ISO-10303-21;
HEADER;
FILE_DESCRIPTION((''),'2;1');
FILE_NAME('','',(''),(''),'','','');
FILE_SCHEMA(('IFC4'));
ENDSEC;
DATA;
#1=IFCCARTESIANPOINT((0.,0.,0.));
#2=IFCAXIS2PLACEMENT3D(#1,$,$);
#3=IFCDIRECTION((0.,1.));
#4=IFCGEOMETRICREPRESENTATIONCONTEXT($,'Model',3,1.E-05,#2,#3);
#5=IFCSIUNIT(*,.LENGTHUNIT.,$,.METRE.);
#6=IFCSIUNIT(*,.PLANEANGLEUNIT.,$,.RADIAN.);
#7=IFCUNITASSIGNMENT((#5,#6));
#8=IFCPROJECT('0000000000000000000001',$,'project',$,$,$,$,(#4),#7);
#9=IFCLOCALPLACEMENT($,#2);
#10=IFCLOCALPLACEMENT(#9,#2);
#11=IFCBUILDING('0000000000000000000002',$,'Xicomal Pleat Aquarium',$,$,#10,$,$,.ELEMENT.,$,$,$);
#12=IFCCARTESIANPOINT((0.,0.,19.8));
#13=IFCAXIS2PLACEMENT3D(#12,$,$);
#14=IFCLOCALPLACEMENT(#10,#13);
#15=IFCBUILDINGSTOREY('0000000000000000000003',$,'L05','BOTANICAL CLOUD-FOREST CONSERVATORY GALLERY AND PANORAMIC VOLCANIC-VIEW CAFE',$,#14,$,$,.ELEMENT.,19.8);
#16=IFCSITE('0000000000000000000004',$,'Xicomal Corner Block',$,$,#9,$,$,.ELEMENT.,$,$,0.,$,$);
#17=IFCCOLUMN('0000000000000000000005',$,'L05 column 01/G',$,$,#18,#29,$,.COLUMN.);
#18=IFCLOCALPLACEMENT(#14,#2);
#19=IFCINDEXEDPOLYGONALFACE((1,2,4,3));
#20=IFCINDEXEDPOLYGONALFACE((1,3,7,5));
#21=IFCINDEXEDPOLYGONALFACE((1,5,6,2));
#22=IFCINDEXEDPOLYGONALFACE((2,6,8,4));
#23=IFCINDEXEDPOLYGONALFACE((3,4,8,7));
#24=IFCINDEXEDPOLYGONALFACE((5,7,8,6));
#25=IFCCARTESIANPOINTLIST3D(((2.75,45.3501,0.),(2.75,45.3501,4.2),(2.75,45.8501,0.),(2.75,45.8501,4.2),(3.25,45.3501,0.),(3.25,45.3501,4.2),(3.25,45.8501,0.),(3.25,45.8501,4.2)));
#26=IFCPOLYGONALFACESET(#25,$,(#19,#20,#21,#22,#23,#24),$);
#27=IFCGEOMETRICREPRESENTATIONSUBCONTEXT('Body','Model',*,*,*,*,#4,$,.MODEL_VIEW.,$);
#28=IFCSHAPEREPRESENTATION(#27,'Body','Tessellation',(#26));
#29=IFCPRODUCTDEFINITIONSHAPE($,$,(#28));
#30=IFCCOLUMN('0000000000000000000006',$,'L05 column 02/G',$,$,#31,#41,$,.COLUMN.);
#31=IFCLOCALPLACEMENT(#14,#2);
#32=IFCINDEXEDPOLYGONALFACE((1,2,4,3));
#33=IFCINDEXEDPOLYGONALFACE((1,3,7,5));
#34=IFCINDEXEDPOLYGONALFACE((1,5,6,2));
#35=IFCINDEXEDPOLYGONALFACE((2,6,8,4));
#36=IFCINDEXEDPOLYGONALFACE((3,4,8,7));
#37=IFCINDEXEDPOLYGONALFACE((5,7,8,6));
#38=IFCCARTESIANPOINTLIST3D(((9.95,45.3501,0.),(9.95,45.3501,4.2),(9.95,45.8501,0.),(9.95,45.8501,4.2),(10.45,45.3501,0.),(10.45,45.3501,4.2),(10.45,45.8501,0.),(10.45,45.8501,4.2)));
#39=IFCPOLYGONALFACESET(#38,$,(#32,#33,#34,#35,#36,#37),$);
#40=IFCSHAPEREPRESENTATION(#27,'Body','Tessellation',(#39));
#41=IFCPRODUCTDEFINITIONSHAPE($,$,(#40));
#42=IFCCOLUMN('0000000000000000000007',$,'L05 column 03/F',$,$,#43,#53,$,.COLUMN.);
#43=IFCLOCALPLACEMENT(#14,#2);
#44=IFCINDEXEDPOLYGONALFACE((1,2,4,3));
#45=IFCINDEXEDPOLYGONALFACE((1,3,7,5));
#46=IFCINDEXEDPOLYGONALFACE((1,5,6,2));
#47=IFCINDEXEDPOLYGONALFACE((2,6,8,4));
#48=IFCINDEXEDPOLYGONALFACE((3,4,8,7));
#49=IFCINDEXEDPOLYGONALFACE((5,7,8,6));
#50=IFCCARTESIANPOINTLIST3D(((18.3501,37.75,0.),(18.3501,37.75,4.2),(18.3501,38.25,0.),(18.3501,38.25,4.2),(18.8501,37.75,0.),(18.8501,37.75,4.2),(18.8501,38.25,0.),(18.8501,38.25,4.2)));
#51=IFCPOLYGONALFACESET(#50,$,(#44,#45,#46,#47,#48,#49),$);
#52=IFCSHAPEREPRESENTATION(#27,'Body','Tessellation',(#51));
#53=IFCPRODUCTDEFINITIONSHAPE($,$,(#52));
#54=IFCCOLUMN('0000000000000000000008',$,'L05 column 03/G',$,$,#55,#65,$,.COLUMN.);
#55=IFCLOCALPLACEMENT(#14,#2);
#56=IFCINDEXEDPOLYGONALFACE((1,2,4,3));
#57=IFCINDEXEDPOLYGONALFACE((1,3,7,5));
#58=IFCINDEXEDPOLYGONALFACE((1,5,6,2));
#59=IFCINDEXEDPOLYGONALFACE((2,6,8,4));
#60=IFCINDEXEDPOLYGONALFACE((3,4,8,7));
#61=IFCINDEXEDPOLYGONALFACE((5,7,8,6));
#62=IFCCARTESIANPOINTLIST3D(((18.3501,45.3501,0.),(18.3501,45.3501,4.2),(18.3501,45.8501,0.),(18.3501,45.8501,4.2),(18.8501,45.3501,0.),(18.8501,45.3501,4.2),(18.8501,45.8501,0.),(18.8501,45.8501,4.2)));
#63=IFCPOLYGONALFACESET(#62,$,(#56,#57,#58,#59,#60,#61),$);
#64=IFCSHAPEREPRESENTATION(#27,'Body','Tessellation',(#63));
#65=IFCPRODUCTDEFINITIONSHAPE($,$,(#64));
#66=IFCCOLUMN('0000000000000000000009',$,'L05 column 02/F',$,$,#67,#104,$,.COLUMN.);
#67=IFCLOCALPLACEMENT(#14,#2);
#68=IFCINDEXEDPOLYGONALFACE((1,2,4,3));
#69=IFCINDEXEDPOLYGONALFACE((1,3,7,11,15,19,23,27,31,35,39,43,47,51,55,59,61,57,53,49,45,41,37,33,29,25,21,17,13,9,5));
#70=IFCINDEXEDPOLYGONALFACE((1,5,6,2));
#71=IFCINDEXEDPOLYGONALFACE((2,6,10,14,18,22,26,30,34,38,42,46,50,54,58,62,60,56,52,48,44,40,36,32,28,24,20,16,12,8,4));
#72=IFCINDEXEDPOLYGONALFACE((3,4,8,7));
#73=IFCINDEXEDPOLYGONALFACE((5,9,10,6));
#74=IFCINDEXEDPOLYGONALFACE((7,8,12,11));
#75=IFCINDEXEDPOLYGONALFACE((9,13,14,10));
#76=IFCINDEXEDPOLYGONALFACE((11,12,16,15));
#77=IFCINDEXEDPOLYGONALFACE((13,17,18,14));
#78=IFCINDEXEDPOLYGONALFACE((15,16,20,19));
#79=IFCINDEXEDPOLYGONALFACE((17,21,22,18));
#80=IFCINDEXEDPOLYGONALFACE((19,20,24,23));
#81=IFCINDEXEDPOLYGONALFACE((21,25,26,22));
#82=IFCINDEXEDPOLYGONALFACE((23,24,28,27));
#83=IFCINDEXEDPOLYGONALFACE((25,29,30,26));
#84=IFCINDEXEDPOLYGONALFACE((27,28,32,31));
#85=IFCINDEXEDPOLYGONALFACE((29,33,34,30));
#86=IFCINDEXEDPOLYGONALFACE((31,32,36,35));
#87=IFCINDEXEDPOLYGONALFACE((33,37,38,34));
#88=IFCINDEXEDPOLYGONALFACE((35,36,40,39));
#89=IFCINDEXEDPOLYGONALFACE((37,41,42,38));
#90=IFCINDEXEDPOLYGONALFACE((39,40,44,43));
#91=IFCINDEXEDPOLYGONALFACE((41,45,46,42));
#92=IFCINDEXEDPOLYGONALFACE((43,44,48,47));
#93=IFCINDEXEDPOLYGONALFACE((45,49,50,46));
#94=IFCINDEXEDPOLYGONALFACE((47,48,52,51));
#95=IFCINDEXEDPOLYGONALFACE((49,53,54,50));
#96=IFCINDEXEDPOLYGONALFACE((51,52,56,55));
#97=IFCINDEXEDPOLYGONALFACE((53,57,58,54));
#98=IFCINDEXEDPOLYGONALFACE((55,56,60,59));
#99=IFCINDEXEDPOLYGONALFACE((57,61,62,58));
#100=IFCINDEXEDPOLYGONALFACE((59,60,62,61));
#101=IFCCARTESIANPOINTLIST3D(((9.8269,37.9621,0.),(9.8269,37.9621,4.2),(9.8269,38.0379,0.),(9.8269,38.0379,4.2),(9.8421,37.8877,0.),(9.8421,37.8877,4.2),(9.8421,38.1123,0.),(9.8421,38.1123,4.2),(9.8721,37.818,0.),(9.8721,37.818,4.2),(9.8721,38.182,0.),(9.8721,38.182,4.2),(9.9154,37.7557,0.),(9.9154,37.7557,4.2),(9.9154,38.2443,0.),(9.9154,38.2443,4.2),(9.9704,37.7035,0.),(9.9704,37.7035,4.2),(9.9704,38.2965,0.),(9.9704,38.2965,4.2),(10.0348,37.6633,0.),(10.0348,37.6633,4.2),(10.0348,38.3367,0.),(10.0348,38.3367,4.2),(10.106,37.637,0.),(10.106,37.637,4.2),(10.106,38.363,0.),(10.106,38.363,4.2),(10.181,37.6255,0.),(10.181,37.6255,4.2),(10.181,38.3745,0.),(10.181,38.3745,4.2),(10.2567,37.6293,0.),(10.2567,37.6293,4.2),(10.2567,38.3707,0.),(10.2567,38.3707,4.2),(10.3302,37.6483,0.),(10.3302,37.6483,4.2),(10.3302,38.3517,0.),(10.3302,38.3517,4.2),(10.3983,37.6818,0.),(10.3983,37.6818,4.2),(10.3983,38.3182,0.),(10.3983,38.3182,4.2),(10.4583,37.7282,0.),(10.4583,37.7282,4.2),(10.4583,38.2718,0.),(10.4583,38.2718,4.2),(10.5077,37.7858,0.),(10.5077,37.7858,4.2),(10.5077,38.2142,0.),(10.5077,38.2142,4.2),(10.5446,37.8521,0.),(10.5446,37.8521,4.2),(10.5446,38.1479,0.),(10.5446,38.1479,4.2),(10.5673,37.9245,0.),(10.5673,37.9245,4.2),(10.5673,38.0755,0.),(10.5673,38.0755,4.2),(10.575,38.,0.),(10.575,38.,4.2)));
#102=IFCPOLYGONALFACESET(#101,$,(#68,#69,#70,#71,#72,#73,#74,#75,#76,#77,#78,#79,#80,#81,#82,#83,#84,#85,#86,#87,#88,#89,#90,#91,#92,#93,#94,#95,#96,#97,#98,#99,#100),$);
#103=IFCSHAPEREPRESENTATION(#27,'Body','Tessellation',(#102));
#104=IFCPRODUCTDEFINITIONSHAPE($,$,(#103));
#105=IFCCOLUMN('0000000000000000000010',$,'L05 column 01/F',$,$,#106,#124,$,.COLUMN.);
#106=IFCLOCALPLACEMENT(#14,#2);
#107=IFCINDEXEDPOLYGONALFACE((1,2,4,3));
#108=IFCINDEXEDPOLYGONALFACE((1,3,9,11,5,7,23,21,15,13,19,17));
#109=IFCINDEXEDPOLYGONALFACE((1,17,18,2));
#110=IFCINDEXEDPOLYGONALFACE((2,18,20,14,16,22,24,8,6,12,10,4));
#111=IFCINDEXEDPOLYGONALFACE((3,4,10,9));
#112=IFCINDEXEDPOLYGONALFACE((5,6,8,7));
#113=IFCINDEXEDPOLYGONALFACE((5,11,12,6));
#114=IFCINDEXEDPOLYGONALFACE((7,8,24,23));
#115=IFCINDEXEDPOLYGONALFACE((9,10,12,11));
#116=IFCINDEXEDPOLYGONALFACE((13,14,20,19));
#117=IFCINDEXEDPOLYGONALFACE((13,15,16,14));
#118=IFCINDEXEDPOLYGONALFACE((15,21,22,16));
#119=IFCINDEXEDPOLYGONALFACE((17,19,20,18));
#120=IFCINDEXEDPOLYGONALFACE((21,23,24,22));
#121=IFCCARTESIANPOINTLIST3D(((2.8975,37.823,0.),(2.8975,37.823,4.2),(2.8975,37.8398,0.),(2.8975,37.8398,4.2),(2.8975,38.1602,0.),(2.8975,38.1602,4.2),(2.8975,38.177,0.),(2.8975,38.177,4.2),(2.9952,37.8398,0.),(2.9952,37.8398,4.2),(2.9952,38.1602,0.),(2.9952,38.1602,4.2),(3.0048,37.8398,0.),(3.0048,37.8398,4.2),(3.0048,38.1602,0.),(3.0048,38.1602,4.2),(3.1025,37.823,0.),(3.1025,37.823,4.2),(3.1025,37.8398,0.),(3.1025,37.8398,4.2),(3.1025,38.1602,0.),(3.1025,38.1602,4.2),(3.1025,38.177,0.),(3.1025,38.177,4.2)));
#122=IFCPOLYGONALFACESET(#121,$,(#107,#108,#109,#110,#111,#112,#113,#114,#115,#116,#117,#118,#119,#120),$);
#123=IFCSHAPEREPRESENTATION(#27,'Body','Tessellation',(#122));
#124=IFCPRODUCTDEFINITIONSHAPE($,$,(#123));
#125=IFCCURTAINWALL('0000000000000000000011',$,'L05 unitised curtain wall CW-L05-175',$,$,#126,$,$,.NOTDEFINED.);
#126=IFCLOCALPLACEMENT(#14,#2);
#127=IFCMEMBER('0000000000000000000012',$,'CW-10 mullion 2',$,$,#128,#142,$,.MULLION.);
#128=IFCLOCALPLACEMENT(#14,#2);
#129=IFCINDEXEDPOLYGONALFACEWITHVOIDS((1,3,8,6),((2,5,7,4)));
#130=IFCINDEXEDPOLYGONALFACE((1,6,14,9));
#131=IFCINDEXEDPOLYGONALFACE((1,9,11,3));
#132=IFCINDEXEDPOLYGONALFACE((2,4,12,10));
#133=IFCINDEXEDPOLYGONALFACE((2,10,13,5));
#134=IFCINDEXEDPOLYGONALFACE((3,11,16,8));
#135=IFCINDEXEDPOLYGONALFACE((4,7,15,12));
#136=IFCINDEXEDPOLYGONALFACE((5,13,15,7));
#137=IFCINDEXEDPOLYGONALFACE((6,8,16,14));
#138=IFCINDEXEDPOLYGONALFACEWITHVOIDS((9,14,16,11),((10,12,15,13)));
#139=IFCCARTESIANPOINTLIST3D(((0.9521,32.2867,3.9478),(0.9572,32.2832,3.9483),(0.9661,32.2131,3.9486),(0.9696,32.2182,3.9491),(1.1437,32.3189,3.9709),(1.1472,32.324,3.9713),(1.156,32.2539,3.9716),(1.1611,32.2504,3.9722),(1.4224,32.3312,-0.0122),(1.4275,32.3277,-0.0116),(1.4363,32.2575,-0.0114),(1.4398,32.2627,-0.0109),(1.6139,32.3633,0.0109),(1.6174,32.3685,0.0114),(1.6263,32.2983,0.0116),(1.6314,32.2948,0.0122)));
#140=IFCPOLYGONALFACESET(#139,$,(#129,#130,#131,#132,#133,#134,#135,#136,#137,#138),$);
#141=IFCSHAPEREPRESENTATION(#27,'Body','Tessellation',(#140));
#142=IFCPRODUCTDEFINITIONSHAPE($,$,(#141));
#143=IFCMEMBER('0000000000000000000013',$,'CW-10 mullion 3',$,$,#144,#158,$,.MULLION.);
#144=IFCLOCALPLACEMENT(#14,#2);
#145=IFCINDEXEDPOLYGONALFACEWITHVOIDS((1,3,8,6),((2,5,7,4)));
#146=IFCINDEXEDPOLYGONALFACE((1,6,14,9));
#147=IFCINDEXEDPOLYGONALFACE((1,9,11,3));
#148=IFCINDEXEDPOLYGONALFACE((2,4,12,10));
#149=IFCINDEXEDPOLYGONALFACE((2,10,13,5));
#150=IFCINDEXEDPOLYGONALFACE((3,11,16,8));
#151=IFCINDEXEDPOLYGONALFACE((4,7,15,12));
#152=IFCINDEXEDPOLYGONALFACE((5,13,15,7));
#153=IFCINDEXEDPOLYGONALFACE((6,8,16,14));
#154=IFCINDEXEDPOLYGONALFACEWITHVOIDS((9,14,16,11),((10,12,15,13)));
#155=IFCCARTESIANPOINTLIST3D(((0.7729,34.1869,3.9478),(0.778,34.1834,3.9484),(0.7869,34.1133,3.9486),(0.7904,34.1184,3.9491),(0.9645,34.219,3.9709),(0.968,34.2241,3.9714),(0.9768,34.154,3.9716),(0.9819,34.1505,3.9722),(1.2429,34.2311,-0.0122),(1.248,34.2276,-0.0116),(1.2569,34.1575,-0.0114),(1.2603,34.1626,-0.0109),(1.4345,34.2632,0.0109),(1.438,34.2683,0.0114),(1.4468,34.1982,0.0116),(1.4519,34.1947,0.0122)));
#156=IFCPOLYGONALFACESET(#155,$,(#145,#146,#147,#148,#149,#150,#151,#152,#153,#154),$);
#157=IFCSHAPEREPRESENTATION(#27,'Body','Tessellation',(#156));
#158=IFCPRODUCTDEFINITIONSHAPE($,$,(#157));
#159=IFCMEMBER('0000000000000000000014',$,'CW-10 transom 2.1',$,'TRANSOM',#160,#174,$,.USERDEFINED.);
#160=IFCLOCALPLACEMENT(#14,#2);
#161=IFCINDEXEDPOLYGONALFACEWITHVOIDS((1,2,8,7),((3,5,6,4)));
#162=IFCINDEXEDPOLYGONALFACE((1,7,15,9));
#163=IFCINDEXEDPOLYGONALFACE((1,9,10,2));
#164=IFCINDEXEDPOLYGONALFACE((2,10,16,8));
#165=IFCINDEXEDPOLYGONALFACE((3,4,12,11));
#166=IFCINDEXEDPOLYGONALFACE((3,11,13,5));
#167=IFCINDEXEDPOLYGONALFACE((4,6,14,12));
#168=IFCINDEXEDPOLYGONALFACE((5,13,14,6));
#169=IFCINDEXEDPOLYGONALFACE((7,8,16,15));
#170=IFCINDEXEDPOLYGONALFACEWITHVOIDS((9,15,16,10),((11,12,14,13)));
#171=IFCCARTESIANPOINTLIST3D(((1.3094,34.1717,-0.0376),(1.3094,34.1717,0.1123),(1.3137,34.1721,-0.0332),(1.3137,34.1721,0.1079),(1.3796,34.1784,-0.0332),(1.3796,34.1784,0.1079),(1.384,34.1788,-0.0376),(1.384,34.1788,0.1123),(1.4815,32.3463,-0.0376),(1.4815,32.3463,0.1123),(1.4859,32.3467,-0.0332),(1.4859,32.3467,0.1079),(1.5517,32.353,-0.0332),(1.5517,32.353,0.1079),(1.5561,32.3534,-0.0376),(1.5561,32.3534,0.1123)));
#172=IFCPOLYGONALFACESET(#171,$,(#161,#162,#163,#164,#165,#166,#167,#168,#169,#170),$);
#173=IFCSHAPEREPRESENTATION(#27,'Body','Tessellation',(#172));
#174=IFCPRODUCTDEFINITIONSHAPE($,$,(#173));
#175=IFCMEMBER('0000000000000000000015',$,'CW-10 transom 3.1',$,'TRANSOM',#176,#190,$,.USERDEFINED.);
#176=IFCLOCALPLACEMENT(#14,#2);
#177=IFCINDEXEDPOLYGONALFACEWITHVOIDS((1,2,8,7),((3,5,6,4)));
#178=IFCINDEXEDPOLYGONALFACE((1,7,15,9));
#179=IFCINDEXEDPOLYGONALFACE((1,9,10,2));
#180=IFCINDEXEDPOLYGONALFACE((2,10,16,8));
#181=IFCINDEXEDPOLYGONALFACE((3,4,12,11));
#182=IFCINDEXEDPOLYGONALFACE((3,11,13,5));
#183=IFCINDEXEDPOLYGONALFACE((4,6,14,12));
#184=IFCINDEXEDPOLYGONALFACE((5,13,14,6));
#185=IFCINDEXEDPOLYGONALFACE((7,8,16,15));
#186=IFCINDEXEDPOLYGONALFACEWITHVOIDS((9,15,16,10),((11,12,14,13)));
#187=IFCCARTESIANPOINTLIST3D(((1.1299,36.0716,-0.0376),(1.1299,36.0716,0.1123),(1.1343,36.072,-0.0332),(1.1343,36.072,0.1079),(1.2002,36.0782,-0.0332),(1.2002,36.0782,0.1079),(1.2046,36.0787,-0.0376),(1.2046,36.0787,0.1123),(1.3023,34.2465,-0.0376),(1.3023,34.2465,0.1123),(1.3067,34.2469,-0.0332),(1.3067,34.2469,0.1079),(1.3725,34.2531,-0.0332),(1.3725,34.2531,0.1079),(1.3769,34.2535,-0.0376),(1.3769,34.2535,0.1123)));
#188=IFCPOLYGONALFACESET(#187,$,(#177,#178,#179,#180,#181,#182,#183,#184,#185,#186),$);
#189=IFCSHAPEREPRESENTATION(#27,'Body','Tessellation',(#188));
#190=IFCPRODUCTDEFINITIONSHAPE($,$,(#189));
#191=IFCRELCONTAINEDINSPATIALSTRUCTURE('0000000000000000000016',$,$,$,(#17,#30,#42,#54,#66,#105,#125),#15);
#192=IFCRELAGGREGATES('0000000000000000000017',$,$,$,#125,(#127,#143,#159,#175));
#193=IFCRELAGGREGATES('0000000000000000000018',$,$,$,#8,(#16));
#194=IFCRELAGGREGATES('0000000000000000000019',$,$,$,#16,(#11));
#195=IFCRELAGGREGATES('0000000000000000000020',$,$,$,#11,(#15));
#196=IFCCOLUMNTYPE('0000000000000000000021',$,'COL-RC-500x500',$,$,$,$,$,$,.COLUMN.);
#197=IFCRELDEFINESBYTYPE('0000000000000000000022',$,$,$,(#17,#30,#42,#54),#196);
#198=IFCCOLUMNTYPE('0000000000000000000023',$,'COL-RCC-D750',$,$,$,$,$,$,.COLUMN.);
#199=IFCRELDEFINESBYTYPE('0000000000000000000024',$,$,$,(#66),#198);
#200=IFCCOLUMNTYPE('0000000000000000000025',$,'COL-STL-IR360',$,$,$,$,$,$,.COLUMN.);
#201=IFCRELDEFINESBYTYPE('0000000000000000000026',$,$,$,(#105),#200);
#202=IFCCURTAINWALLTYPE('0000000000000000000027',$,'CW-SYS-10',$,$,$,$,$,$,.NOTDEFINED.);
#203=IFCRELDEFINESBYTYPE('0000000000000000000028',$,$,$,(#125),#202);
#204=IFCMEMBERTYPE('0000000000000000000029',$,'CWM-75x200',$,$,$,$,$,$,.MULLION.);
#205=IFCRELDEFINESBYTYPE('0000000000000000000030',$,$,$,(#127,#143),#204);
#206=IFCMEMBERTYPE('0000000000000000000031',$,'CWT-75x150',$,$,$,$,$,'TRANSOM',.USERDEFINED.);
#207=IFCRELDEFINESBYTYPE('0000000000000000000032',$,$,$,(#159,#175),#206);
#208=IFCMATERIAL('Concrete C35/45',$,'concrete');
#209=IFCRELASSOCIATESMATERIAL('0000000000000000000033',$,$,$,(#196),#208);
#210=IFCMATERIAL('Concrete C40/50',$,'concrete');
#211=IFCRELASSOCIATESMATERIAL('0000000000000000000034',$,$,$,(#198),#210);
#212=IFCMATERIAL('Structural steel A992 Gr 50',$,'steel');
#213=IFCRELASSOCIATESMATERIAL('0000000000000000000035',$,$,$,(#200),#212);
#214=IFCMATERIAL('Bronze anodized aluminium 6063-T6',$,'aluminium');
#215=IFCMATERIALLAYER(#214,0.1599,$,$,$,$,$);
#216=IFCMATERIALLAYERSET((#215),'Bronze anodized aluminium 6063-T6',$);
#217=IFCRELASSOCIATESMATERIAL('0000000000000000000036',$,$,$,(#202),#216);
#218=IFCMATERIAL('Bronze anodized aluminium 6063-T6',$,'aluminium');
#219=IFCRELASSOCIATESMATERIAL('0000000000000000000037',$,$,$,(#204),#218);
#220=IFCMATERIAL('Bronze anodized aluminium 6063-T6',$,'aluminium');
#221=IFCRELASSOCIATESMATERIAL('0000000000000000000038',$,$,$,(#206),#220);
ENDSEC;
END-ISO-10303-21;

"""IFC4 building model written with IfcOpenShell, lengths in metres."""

from ifc_helpers import new_model, si_unit, direction, frame, origin, origin_2d, place, context, subcontext, project, spatial, rectangle, hollow_rectangle, circle, i_section, extrude, material, layer, layer_set, material_profile, profile_set, type_object, element, aggregate, save


model = new_model("IFC4")

# Units and contexts
model_context = context("Model", 3, precision=1e-05, world=origin(), true_north=direction((0.0, 1.0)))
body_context = subcontext(model_context, "Body", "Model", "MODEL_VIEW")
ifc_project = project(units=[si_unit("LENGTHUNIT", "METRE"), si_unit("PLANEANGLEUNIT", "RADIAN")], contexts=[model_context])

# Site, building, storey
site_placement = place(None, origin())
site = spatial("IfcSite", under=ifc_project, at=site_placement, Name="Xicomal Corner Block", CompositionType="ELEMENT", RefElevation=0.0)
building_placement = place(site_placement, origin())
building = spatial("IfcBuilding", under=site, at=building_placement, Name="Xicomal Pleat Aquarium", CompositionType="ELEMENT")
storey_placement = place(building_placement, frame((0.0, 0.0, 19.8)))
storey = spatial("IfcBuildingStorey", under=building, at=storey_placement, Name="L05", Description="BOTANICAL CLOUD-FOREST CONSERVATORY GALLERY AND PANORAMIC VOLCANIC-VIEW CAFE", CompositionType="ELEMENT", Elevation=19.8)

# Columns
ifc_material_1 = material(Name="Concrete C35/45", Category="concrete")
ifc_material_profile_1 = material_profile(ifc_material_1, rectangle(XDim=0.5, YDim=0.5, at=origin_2d()), Name="RC 500x500")
ifc_profile_set_1 = profile_set([ifc_material_profile_1], Name="Concrete C35/45")
column_type_1 = type_object("IfcColumnType", Name="COL-RC-500x500", PredefinedType="COLUMN", material=ifc_profile_set_1)
for number, where, z_axis, x_axis, name in (
    (1, (3.0, 45.6001, 0.0), (0.0, 0.0, 1.0), (1.0, 0.0, 0.0), "L05 column 01/G"),
    (2, (10.2, 45.6001, 0.0), (0.0, 0.0, 1.0), (1.0, 0.0, 0.0), "L05 column 02/G"),
    (3, (18.6001, 38.0, 0.0), (0.0, 0.0, 1.0), (1.0, 0.0, 0.0), "L05 column 03/F"),
    (4, (18.6001, 45.6001, 0.0), (0.0, 0.0, 1.0), (1.0, 0.0, 0.0), "L05 column 03/G"),
):
    element("IfcColumn", number, at=place(storey_placement, frame(where, z_axis=z_axis, x_axis=x_axis)), inside=storey, type_object=column_type_1, Name=name, PredefinedType="COLUMN", context=body_context, shape_type="SweptSolid", body=[
        extrude(rectangle(XDim=0.5, YDim=0.5, at=origin_2d()), origin(), (0.0, 0.0, 1.0), 4.2),
    ])
ifc_material_2 = material(Name="Concrete C40/50", Category="concrete")
ifc_material_profile_2 = material_profile(ifc_material_2, circle(Radius=0.375, at=origin_2d()), Name="RCC D750")
ifc_profile_set_2 = profile_set([ifc_material_profile_2], Name="Concrete C40/50")
column_type_2 = type_object("IfcColumnType", Name="COL-RCC-D750", PredefinedType="COLUMN", material=ifc_profile_set_2)
column_1_placement = place(storey_placement, frame((10.2, 38.0, 0.0), z_axis=(0.0, 0.0, 1.0), x_axis=(1.0, 0.0, 0.0)))
element("IfcColumn", 5, at=column_1_placement, inside=storey, type_object=column_type_2, Name="L05 column 02/F", PredefinedType="COLUMN", context=body_context, shape_type="SweptSolid", body=[
    extrude(circle(Radius=0.375, at=origin_2d()), origin(), (0.0, 0.0, 1.0), 4.2),
])
ifc_material_3 = material(Name="Structural steel A992 Gr 50", Category="steel")
ifc_material_profile_3 = material_profile(ifc_material_3, i_section(OverallWidth=0.2051, OverallDepth=0.354, WebThickness=0.0095, FlangeThickness=0.0168, at=origin_2d()), Name="IR 360x79")
ifc_profile_set_3 = profile_set([ifc_material_profile_3], Name="Structural steel A992 Gr 50")
column_type_3 = type_object("IfcColumnType", Name="COL-STL-IR360", PredefinedType="COLUMN", material=ifc_profile_set_3)
column_2_placement = place(storey_placement, frame((3.0, 38.0, 0.0), z_axis=(0.0, 0.0, 1.0), x_axis=(1.0, 0.0, 0.0)))
element("IfcColumn", 6, at=column_2_placement, inside=storey, type_object=column_type_3, Name="L05 column 01/F", PredefinedType="COLUMN", context=body_context, shape_type="SweptSolid", body=[
    extrude(i_section(OverallWidth=0.2051, OverallDepth=0.354, WebThickness=0.0095, FlangeThickness=0.0168, at=origin_2d()), origin(), (0.0, 0.0, 1.0), 4.2),
])

# Curtain wall, members
ifc_material_4 = material(Name="Bronze anodized aluminium 6063-T6", Category="aluminium")
ifc_layer_1 = layer(ifc_material_4, 0.1599)
ifc_layer_set_1 = layer_set([ifc_layer_1], Name="Bronze anodized aluminium 6063-T6")
curtain_wall_type = type_object("IfcCurtainWallType", Name="CW-SYS-10", PredefinedType="NOTDEFINED", material=ifc_layer_set_1)
curtain_wall_placement = place(storey_placement, origin())
curtain_wall = element("IfcCurtainWall", 7, at=curtain_wall_placement, inside=storey, type_object=curtain_wall_type, Name="L05 unitised curtain wall CW-L05-175", PredefinedType="NOTDEFINED")
ifc_material_5 = material(Name="Bronze anodized aluminium 6063-T6", Category="aluminium")
ifc_material_profile_4 = material_profile(ifc_material_5, hollow_rectangle(XDim=0.075, YDim=0.2, WallThickness=0.0044, at=origin_2d()), Name="ALU MULL 75x200")
ifc_profile_set_4 = profile_set([ifc_material_profile_4], Name="Bronze anodized aluminium 6063-T6")
member_type_1 = type_object("IfcMemberType", Name="CWM-75x200", PredefinedType="MULLION", material=ifc_profile_set_4)
member_1_placement = place(storey_placement, frame((1.5269, 32.313, 0.0), z_axis=(-0.117907, -0.011142, 0.992962), x_axis=(-0.186512, 0.98239, -0.011124)))
member_1 = element("IfcMember", 8, at=member_1_placement, type_object=member_type_1, Name="CW-10 mullion 2", PredefinedType="MULLION", context=body_context, shape_type="SweptSolid", body=[
    extrude(hollow_rectangle(XDim=0.075, YDim=0.2, WallThickness=0.0044, at=origin_2d()), origin(), (0.0, 0.0, 1.0), 3.988),
])
member_2_placement = place(storey_placement, frame((1.3474, 34.2129, 0.0), z_axis=(-0.117846, -0.011081, 0.99297), x_axis=(-0.186054, 0.982477, -0.011118)))
member_2 = element("IfcMember", 9, at=member_2_placement, type_object=member_type_1, Name="CW-10 mullion 3", PredefinedType="MULLION", context=body_context, shape_type="SweptSolid", body=[
    extrude(hollow_rectangle(XDim=0.075, YDim=0.2, WallThickness=0.0044, at=origin_2d()), origin(), (0.0, 0.0, 1.0), 3.988),
])
ifc_material_6 = material(Name="Bronze anodized aluminium 6063-T6", Category="aluminium")
ifc_material_profile_5 = material_profile(ifc_material_6, hollow_rectangle(XDim=0.075, YDim=0.1499, WallThickness=0.0044, at=origin_2d()), Name="ALU TRAN 75x150")
ifc_profile_set_5 = profile_set([ifc_material_profile_5], Name="Bronze anodized aluminium 6063-T6")
member_type_2 = type_object("IfcMemberType", Name="CWT-75x150", ElementType="TRANSOM", PredefinedType="USERDEFINED", material=ifc_profile_set_5)
member_3_placement = place(storey_placement, frame((1.5188, 32.3499, 0.0374), z_axis=(-0.093873, 0.995584, 0.0), x_axis=(-0.995584, -0.093873, 0.0)))
member_3 = element("IfcMember", 10, at=member_3_placement, type_object=member_type_2, Name="CW-10 transom 2.1", ObjectType="TRANSOM", PredefinedType="USERDEFINED", context=body_context, shape_type="SweptSolid", body=[
    extrude(hollow_rectangle(XDim=0.075, YDim=0.1499, WallThickness=0.0044, at=origin_2d()), origin(), (0.0, 0.0, 1.0), 1.8335),
])
member_4_placement = place(storey_placement, frame((1.3396, 34.25, 0.0374), z_axis=(-0.094017, 0.995571, 0.0), x_axis=(-0.995571, -0.094017, 0.0)))
member_4 = element("IfcMember", 11, at=member_4_placement, type_object=member_type_2, Name="CW-10 transom 3.1", ObjectType="TRANSOM", PredefinedType="USERDEFINED", context=body_context, shape_type="SweptSolid", body=[
    extrude(hollow_rectangle(XDim=0.075, YDim=0.1499, WallThickness=0.0044, at=origin_2d()), origin(), (0.0, 0.0, 1.0), 1.8333),
])
aggregate(curtain_wall, [member_1, member_2, member_3, member_4])

save(model, "model.ifc")
